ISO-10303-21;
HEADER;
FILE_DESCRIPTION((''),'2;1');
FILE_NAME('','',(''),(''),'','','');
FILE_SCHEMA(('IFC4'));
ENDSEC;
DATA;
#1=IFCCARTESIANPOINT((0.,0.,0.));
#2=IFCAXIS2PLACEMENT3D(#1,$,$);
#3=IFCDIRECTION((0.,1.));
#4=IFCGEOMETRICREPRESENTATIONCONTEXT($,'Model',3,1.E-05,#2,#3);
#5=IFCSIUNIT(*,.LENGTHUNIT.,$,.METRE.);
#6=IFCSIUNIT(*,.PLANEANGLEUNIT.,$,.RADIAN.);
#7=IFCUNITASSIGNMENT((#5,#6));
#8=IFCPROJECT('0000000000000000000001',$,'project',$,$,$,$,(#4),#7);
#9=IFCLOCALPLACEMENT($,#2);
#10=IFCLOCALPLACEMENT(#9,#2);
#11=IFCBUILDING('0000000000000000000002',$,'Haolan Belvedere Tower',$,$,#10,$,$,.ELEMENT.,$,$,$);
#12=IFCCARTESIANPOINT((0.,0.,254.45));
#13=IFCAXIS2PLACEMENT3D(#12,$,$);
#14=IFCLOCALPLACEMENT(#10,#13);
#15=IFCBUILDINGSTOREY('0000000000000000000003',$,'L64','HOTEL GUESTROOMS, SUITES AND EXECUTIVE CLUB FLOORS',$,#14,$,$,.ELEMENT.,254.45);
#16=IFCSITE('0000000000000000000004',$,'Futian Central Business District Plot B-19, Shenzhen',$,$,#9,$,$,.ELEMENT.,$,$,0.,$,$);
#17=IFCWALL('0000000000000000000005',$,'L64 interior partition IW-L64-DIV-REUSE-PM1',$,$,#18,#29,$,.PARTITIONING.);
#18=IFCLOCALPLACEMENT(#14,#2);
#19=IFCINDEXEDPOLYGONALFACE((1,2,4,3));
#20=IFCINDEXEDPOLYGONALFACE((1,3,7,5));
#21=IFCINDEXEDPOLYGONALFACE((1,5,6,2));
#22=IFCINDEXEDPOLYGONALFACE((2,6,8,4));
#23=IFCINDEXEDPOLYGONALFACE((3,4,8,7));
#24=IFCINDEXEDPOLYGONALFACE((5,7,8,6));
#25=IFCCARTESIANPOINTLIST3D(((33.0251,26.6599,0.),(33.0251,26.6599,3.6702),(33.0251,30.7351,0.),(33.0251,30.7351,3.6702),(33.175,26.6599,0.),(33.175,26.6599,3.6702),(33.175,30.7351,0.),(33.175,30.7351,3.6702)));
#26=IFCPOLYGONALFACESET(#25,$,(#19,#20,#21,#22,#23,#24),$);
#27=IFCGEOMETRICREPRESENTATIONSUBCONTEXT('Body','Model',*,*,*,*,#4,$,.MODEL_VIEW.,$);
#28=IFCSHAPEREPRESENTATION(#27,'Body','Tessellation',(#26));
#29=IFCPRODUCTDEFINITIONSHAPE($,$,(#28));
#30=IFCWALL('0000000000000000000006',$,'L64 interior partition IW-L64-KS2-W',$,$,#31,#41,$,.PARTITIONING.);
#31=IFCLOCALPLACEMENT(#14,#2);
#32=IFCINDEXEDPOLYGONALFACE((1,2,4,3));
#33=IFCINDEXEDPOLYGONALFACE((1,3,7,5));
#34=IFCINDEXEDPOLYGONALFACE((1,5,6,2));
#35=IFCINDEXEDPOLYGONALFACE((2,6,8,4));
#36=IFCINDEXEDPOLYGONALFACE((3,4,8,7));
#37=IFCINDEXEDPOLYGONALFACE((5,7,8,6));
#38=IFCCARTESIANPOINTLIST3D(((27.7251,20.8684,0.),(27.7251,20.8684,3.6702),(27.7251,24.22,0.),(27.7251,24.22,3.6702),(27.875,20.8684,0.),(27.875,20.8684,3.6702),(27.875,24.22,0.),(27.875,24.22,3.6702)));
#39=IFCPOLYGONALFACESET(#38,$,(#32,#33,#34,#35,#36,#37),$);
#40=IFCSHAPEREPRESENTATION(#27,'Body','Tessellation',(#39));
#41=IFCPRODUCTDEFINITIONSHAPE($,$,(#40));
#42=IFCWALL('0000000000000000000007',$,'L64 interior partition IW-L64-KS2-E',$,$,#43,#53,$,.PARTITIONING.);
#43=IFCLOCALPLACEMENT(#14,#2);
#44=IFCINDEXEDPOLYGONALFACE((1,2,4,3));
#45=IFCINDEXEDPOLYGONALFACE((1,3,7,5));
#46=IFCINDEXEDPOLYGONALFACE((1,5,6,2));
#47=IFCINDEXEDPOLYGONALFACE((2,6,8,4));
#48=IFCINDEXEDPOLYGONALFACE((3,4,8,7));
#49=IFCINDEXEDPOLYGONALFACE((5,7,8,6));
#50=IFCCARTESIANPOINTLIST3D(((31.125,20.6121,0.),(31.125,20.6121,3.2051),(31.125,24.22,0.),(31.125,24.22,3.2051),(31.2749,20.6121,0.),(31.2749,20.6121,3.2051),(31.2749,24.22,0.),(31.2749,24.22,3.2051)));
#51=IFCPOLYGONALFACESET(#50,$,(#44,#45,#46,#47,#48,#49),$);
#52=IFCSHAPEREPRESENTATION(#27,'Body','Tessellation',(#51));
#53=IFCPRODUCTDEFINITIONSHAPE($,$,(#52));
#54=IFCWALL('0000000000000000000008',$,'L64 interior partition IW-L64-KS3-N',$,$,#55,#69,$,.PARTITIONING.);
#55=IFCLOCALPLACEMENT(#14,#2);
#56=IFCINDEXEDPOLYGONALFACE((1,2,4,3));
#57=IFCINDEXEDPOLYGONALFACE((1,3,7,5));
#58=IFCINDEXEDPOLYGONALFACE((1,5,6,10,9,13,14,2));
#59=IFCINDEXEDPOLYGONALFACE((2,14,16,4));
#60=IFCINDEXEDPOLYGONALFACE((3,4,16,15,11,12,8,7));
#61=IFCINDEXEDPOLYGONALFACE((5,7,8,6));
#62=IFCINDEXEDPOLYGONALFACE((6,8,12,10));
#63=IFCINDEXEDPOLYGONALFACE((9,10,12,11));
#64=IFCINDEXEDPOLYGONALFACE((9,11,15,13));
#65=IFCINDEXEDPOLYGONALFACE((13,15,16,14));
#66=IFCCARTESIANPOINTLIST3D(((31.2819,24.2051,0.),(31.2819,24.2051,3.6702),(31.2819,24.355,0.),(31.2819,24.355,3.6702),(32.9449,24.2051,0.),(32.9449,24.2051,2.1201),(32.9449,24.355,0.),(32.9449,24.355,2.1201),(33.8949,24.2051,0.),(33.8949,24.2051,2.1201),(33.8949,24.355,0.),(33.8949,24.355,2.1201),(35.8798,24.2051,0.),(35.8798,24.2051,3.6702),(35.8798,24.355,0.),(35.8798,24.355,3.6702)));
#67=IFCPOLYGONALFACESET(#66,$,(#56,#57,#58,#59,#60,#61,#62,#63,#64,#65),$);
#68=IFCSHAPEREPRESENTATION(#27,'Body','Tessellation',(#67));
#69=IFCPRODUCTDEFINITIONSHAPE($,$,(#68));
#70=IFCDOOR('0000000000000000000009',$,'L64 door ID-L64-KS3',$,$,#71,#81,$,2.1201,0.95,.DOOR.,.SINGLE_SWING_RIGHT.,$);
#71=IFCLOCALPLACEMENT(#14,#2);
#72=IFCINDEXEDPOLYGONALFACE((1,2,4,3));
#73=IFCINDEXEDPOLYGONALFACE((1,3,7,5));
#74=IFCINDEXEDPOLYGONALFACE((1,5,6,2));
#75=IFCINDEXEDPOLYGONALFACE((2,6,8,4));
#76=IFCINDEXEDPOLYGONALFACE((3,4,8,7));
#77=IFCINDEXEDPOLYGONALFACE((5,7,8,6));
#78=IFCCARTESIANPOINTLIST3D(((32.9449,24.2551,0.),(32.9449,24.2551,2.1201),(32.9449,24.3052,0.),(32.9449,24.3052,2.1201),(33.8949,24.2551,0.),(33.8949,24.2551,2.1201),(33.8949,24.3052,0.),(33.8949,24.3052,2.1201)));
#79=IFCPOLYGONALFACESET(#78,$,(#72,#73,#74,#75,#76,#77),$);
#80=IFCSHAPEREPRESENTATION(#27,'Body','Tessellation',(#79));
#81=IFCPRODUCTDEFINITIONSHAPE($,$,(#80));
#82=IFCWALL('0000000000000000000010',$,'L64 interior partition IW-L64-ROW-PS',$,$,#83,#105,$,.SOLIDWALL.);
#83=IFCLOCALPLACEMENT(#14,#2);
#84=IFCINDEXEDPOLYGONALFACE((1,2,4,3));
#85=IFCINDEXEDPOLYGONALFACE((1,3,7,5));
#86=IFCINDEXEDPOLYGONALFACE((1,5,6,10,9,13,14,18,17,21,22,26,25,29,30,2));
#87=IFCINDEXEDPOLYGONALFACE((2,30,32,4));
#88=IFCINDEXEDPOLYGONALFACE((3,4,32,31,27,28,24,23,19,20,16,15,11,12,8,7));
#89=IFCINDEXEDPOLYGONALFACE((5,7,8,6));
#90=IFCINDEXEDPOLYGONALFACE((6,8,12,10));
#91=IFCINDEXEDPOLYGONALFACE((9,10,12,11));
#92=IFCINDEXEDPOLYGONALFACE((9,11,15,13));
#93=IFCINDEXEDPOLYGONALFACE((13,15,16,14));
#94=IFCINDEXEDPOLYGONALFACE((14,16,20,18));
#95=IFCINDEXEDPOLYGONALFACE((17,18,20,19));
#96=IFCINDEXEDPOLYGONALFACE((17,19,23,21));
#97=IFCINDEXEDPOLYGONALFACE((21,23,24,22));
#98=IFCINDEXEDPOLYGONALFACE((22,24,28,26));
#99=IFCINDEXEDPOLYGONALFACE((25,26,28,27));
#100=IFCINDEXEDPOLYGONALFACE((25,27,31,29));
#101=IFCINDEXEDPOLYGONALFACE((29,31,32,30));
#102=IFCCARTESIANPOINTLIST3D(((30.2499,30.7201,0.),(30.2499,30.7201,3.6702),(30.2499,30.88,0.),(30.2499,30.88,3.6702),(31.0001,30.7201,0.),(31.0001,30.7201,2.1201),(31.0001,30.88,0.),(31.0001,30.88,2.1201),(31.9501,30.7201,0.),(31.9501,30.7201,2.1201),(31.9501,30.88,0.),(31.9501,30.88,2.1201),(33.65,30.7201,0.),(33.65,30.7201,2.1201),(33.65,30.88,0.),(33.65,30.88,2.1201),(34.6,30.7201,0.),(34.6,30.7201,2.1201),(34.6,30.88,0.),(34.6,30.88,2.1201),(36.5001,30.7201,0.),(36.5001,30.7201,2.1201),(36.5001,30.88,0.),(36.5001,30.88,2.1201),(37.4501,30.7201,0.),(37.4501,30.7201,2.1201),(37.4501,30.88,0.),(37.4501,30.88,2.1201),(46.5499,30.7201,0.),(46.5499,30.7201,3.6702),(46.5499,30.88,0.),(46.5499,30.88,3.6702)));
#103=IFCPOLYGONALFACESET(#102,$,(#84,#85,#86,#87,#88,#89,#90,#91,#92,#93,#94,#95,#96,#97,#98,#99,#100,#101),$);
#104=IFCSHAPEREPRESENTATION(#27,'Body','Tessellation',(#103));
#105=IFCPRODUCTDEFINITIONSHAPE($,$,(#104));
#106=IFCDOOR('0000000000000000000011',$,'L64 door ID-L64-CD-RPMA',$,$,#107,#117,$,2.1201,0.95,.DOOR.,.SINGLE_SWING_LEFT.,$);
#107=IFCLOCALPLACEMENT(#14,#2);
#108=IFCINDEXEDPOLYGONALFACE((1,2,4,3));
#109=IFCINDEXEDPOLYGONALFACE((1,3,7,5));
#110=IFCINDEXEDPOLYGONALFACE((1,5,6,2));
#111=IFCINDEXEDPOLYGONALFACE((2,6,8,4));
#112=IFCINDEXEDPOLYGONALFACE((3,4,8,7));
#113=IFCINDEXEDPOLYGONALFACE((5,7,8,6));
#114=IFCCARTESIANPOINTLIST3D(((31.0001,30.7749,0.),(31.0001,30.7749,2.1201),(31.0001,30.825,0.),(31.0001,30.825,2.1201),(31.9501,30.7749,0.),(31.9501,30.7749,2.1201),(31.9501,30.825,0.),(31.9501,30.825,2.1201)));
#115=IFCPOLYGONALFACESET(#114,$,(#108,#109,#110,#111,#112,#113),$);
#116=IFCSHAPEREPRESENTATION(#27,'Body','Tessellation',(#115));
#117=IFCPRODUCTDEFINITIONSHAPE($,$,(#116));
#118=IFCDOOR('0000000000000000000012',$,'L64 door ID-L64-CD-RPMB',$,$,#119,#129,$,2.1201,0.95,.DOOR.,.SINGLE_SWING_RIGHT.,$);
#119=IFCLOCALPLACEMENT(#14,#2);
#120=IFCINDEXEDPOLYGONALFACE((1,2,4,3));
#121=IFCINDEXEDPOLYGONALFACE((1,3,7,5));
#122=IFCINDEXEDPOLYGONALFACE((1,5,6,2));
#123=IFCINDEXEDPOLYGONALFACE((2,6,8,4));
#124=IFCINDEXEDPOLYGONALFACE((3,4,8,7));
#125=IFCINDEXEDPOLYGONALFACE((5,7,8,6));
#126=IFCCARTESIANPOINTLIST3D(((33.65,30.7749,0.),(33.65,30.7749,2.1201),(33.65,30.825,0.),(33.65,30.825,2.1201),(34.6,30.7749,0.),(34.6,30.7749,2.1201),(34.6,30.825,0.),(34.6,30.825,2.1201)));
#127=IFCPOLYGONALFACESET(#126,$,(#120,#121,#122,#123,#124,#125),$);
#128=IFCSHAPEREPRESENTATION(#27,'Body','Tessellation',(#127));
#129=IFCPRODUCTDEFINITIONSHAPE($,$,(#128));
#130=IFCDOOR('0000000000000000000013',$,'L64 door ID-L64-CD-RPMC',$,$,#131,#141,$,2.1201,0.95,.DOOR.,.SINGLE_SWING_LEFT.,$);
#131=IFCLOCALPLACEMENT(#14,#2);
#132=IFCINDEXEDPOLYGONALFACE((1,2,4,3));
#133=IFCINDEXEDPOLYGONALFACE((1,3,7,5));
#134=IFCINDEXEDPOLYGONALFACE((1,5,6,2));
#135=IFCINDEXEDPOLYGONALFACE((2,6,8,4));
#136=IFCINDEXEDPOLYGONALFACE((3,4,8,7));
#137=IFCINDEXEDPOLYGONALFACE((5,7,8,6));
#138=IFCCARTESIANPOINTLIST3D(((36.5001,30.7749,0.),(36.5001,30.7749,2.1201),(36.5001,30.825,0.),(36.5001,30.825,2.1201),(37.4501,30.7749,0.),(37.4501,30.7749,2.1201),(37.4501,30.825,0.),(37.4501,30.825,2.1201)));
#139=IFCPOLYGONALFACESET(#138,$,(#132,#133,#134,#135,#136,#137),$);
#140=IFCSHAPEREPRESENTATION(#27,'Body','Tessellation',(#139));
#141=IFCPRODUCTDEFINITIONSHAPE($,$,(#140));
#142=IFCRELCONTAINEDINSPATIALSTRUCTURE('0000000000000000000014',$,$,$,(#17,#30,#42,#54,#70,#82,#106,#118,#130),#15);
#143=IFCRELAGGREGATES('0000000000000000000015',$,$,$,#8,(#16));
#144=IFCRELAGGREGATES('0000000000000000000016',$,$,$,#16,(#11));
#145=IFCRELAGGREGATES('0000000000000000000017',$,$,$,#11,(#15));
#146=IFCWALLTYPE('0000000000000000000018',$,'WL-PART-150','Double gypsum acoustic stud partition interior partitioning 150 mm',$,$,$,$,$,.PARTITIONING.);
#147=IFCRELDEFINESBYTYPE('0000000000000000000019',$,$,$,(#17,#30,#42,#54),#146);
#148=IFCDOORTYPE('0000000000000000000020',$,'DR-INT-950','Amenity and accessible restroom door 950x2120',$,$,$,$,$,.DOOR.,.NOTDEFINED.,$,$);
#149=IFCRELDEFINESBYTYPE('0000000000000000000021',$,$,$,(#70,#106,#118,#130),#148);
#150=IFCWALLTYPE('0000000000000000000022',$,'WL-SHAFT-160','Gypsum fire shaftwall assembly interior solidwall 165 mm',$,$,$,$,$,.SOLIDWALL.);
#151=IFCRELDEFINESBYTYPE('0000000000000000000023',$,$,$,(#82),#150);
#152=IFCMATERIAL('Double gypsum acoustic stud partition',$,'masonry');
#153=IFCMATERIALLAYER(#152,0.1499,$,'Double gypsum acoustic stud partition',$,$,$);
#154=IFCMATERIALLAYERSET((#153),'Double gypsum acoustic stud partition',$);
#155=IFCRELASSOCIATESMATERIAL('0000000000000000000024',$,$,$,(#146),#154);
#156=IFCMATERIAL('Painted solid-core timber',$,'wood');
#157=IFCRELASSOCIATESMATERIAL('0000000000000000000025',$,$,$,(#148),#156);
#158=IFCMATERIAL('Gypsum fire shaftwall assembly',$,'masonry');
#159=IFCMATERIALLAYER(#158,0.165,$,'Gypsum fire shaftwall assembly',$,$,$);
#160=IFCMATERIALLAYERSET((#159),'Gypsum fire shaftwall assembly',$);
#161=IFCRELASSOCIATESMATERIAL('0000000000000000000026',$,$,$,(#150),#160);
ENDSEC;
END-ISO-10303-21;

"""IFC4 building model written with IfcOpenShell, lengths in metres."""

from ifc_helpers import new_model, si_unit, direction, frame, frame_2d, origin, place, context, subcontext, project, spatial, rectangle, extrude, material, layer, layer_set, type_object, element, fill, save


model = new_model("IFC4")

# Units and contexts
model_context = context("Model", 3, precision=1e-05, world=origin(), true_north=direction((0.0, 1.0)))
body_context = subcontext(model_context, "Body", "Model", "MODEL_VIEW")
ifc_project = project(units=[si_unit("LENGTHUNIT", "METRE"), si_unit("PLANEANGLEUNIT", "RADIAN")], contexts=[model_context])

# Site, building, storey
site_placement = place(None, origin())
site = spatial("IfcSite", under=ifc_project, at=site_placement, Name="Futian Central Business District Plot B-19, Shenzhen", CompositionType="ELEMENT", RefElevation=0.0)
building_placement = place(site_placement, origin())
building = spatial("IfcBuilding", under=site, at=building_placement, Name="Haolan Belvedere Tower", CompositionType="ELEMENT")
storey_placement = place(building_placement, frame((0.0, 0.0, 254.45)))
storey = spatial("IfcBuildingStorey", under=building, at=storey_placement, Name="L64", Description="HOTEL GUESTROOMS, SUITES AND EXECUTIVE CLUB FLOORS", CompositionType="ELEMENT", Elevation=254.45)

# Wall
ifc_material_1 = material(Name="Double gypsum acoustic stud partition", Category="masonry")
ifc_layer_1 = layer(ifc_material_1, 0.1499, Name="Double gypsum acoustic stud partition")
ifc_layer_set_1 = layer_set([ifc_layer_1], Name="Double gypsum acoustic stud partition")
wall_type_1 = type_object("IfcWallType", Name="WL-PART-150", Description="Double gypsum acoustic stud partition interior partitioning 150 mm", PredefinedType="PARTITIONING", material=ifc_layer_set_1)
wall_1_placement = place(storey_placement, frame((33.1001, 26.6599, 0.0), z_axis=(0.0, 0.0, 1.0), x_axis=(0.0, 1.0, 0.0)))
element("IfcWall", 1, at=wall_1_placement, inside=storey, type_object=wall_type_1, Name="L64 interior partition IW-L64-DIV-REUSE-PM1", PredefinedType="PARTITIONING", context=body_context, shape_type="SweptSolid", body=[
    extrude(rectangle(XDim=4.0752, YDim=0.1499, at=frame_2d((2.0376, 0.0))), origin(), (0.0, 0.0, 1.0), 3.6702),
])

# Shared definitions
ifc_material_2 = material(Name="Painted solid-core timber", Category="wood")
door_type_1 = type_object("IfcDoorType", Name="DR-INT-950", Description="Amenity and accessible restroom door 950x2120", OperationType="NOTDEFINED", PredefinedType="DOOR", material=ifc_material_2)

# Walls
wall_2_placement = place(storey_placement, frame((27.8, 20.8684, 0.0), z_axis=(0.0, 0.0, 1.0), x_axis=(0.0, 1.0, 0.0)))
element("IfcWall", 2, at=wall_2_placement, inside=storey, type_object=wall_type_1, Name="L64 interior partition IW-L64-KS2-W", PredefinedType="PARTITIONING", context=body_context, shape_type="SweptSolid", body=[
    extrude(rectangle(XDim=3.3516, YDim=0.1499, at=frame_2d((1.6758, 0.0))), origin(), (0.0, 0.0, 1.0), 3.6702),
])
wall_3_placement = place(storey_placement, frame((31.2, 20.6121, 0.0), z_axis=(0.0, 0.0, 1.0), x_axis=(0.0, 1.0, 0.0)))
element("IfcWall", 3, at=wall_3_placement, inside=storey, type_object=wall_type_1, Name="L64 interior partition IW-L64-KS2-E", PredefinedType="PARTITIONING", context=body_context, shape_type="SweptSolid", body=[
    extrude(rectangle(XDim=3.6079, YDim=0.1499, at=frame_2d((1.804, 0.0))), origin(), (0.0, 0.0, 1.0), 3.2051),
])

# Wall, opening, door
wall_4_placement = place(storey_placement, frame((31.282, 24.28, 0.0), z_axis=(0.0, 0.0, 1.0), x_axis=(1.0, 0.0, 0.0)))
wall_4 = element("IfcWall", 4, at=wall_4_placement, inside=storey, type_object=wall_type_1, Name="L64 interior partition IW-L64-KS3-N", PredefinedType="PARTITIONING", context=body_context, shape_type="SweptSolid", body=[
    extrude(rectangle(XDim=4.5979, YDim=0.1499, at=frame_2d((2.2988, 0.0))), origin(), (0.0, 0.0, 1.0), 3.6702),
])
opening_1_placement = place(wall_4_placement, frame((2.613, 0.0, 0.0), z_axis=(0.0, 0.0, 1.0), x_axis=(-1.0, 0.0, 0.0)))
opening_1 = element("IfcOpeningElement", 5, at=opening_1_placement, cuts=wall_4, PredefinedType="OPENING", context=body_context, shape_type="SweptSolid", body=[
    extrude(rectangle(XDim=0.95, YDim=2.1201, at=frame_2d((0.4751, 1.0601))), frame((0.0, 0.085, 0.0), z_axis=(0.0, -1.0, 0.0), x_axis=(1.0, 0.0, 0.0)), (0.0, 0.0, 1.0), 0.1699),
])
door_1_placement = place(opening_1_placement, origin())
door_1 = element("IfcDoor", 6, at=door_1_placement, inside=storey, type_object=door_type_1, Name="L64 door ID-L64-KS3", OperationType="SINGLE_SWING_RIGHT", OverallHeight=2.1201, OverallWidth=0.95, PredefinedType="DOOR", context=body_context, shape_type="SweptSolid", body=[
    extrude(rectangle(XDim=0.95, YDim=2.1201, at=frame_2d((0.4751, 1.0601))), frame((0.0, 0.0249, 0.0), z_axis=(0.0, -1.0, 0.0), x_axis=(1.0, 0.0, 0.0)), (0.0, 0.0, 1.0), 0.05),
])
fill(opening_1, door_1)

# Wall, openings, doors
ifc_material_3 = material(Name="Gypsum fire shaftwall assembly", Category="masonry")
ifc_layer_2 = layer(ifc_material_3, 0.165, Name="Gypsum fire shaftwall assembly")
ifc_layer_set_2 = layer_set([ifc_layer_2], Name="Gypsum fire shaftwall assembly")
wall_type_2 = type_object("IfcWallType", Name="WL-SHAFT-160", Description="Gypsum fire shaftwall assembly interior solidwall 165 mm", PredefinedType="SOLIDWALL", material=ifc_layer_set_2)
wall_5_placement = place(storey_placement, frame((30.25, 30.8, 0.0), z_axis=(0.0, 0.0, 1.0), x_axis=(1.0, 0.0, 0.0)))
wall_5 = element("IfcWall", 7, at=wall_5_placement, inside=storey, type_object=wall_type_2, Name="L64 interior partition IW-L64-ROW-PS", PredefinedType="SOLIDWALL", context=body_context, shape_type="SweptSolid", body=[
    extrude(rectangle(XDim=16.3, YDim=0.1599, at=frame_2d((8.1499, 0.0))), origin(), (0.0, 0.0, 1.0), 3.6702),
])
opening_2_placement = place(wall_5_placement, frame((0.75, 0.0, 0.0)))
opening_2 = element("IfcOpeningElement", 8, at=opening_2_placement, cuts=wall_5, PredefinedType="OPENING", context=body_context, shape_type="SweptSolid", body=[
    extrude(rectangle(XDim=0.95, YDim=2.1201, at=frame_2d((0.4751, 1.0601))), frame((0.0, 0.0898, 0.0), z_axis=(0.0, -1.0, 0.0), x_axis=(1.0, 0.0, 0.0)), (0.0, 0.0, 1.0), 0.1799),
])
opening_3_placement = place(wall_5_placement, frame((3.3999, 0.0, 0.0)))
opening_3 = element("IfcOpeningElement", 9, at=opening_3_placement, cuts=wall_5, PredefinedType="OPENING", context=body_context, shape_type="SweptSolid", body=[
    extrude(rectangle(XDim=0.95, YDim=2.1201, at=frame_2d((0.4751, 1.0601))), frame((0.0, 0.0898, 0.0), z_axis=(0.0, -1.0, 0.0), x_axis=(1.0, 0.0, 0.0)), (0.0, 0.0, 1.0), 0.1799),
])
opening_4_placement = place(wall_5_placement, frame((6.25, 0.0, 0.0)))
opening_4 = element("IfcOpeningElement", 10, at=opening_4_placement, cuts=wall_5, PredefinedType="OPENING", context=body_context, shape_type="SweptSolid", body=[
    extrude(rectangle(XDim=0.95, YDim=2.1201, at=frame_2d((0.4751, 1.0601))), frame((0.0, 0.0898, 0.0), z_axis=(0.0, -1.0, 0.0), x_axis=(1.0, 0.0, 0.0)), (0.0, 0.0, 1.0), 0.1799),
])
door_2_placement = place(opening_2_placement, origin())
door_2 = element("IfcDoor", 11, at=door_2_placement, inside=storey, type_object=door_type_1, Name="L64 door ID-L64-CD-RPMA", OperationType="SINGLE_SWING_LEFT", OverallHeight=2.1201, OverallWidth=0.95, PredefinedType="DOOR", context=body_context, shape_type="SweptSolid", body=[
    extrude(rectangle(XDim=0.95, YDim=2.1201, at=frame_2d((0.4751, 1.0601))), frame((0.0, 0.0249, 0.0), z_axis=(0.0, -1.0, 0.0), x_axis=(1.0, 0.0, 0.0)), (0.0, 0.0, 1.0), 0.05),
])
fill(opening_2, door_2)
door_3_placement = place(opening_3_placement, origin())
door_3 = element("IfcDoor", 12, at=door_3_placement, inside=storey, type_object=door_type_1, Name="L64 door ID-L64-CD-RPMB", OperationType="SINGLE_SWING_RIGHT", OverallHeight=2.1201, OverallWidth=0.95, PredefinedType="DOOR", context=body_context, shape_type="SweptSolid", body=[
    extrude(rectangle(XDim=0.95, YDim=2.1201, at=frame_2d((0.4751, 1.0601))), frame((0.0, 0.0249, 0.0), z_axis=(0.0, -1.0, 0.0), x_axis=(1.0, 0.0, 0.0)), (0.0, 0.0, 1.0), 0.05),
])
fill(opening_3, door_3)
door_4_placement = place(opening_4_placement, origin())
door_4 = element("IfcDoor", 13, at=door_4_placement, inside=storey, type_object=door_type_1, Name="L64 door ID-L64-CD-RPMC", OperationType="SINGLE_SWING_LEFT", OverallHeight=2.1201, OverallWidth=0.95, PredefinedType="DOOR", context=body_context, shape_type="SweptSolid", body=[
    extrude(rectangle(XDim=0.95, YDim=2.1201, at=frame_2d((0.4751, 1.0601))), frame((0.0, 0.0249, 0.0), z_axis=(0.0, -1.0, 0.0), x_axis=(1.0, 0.0, 0.0)), (0.0, 0.0, 1.0), 0.05),
])
fill(opening_4, door_4)

save(model, "model.ifc")
